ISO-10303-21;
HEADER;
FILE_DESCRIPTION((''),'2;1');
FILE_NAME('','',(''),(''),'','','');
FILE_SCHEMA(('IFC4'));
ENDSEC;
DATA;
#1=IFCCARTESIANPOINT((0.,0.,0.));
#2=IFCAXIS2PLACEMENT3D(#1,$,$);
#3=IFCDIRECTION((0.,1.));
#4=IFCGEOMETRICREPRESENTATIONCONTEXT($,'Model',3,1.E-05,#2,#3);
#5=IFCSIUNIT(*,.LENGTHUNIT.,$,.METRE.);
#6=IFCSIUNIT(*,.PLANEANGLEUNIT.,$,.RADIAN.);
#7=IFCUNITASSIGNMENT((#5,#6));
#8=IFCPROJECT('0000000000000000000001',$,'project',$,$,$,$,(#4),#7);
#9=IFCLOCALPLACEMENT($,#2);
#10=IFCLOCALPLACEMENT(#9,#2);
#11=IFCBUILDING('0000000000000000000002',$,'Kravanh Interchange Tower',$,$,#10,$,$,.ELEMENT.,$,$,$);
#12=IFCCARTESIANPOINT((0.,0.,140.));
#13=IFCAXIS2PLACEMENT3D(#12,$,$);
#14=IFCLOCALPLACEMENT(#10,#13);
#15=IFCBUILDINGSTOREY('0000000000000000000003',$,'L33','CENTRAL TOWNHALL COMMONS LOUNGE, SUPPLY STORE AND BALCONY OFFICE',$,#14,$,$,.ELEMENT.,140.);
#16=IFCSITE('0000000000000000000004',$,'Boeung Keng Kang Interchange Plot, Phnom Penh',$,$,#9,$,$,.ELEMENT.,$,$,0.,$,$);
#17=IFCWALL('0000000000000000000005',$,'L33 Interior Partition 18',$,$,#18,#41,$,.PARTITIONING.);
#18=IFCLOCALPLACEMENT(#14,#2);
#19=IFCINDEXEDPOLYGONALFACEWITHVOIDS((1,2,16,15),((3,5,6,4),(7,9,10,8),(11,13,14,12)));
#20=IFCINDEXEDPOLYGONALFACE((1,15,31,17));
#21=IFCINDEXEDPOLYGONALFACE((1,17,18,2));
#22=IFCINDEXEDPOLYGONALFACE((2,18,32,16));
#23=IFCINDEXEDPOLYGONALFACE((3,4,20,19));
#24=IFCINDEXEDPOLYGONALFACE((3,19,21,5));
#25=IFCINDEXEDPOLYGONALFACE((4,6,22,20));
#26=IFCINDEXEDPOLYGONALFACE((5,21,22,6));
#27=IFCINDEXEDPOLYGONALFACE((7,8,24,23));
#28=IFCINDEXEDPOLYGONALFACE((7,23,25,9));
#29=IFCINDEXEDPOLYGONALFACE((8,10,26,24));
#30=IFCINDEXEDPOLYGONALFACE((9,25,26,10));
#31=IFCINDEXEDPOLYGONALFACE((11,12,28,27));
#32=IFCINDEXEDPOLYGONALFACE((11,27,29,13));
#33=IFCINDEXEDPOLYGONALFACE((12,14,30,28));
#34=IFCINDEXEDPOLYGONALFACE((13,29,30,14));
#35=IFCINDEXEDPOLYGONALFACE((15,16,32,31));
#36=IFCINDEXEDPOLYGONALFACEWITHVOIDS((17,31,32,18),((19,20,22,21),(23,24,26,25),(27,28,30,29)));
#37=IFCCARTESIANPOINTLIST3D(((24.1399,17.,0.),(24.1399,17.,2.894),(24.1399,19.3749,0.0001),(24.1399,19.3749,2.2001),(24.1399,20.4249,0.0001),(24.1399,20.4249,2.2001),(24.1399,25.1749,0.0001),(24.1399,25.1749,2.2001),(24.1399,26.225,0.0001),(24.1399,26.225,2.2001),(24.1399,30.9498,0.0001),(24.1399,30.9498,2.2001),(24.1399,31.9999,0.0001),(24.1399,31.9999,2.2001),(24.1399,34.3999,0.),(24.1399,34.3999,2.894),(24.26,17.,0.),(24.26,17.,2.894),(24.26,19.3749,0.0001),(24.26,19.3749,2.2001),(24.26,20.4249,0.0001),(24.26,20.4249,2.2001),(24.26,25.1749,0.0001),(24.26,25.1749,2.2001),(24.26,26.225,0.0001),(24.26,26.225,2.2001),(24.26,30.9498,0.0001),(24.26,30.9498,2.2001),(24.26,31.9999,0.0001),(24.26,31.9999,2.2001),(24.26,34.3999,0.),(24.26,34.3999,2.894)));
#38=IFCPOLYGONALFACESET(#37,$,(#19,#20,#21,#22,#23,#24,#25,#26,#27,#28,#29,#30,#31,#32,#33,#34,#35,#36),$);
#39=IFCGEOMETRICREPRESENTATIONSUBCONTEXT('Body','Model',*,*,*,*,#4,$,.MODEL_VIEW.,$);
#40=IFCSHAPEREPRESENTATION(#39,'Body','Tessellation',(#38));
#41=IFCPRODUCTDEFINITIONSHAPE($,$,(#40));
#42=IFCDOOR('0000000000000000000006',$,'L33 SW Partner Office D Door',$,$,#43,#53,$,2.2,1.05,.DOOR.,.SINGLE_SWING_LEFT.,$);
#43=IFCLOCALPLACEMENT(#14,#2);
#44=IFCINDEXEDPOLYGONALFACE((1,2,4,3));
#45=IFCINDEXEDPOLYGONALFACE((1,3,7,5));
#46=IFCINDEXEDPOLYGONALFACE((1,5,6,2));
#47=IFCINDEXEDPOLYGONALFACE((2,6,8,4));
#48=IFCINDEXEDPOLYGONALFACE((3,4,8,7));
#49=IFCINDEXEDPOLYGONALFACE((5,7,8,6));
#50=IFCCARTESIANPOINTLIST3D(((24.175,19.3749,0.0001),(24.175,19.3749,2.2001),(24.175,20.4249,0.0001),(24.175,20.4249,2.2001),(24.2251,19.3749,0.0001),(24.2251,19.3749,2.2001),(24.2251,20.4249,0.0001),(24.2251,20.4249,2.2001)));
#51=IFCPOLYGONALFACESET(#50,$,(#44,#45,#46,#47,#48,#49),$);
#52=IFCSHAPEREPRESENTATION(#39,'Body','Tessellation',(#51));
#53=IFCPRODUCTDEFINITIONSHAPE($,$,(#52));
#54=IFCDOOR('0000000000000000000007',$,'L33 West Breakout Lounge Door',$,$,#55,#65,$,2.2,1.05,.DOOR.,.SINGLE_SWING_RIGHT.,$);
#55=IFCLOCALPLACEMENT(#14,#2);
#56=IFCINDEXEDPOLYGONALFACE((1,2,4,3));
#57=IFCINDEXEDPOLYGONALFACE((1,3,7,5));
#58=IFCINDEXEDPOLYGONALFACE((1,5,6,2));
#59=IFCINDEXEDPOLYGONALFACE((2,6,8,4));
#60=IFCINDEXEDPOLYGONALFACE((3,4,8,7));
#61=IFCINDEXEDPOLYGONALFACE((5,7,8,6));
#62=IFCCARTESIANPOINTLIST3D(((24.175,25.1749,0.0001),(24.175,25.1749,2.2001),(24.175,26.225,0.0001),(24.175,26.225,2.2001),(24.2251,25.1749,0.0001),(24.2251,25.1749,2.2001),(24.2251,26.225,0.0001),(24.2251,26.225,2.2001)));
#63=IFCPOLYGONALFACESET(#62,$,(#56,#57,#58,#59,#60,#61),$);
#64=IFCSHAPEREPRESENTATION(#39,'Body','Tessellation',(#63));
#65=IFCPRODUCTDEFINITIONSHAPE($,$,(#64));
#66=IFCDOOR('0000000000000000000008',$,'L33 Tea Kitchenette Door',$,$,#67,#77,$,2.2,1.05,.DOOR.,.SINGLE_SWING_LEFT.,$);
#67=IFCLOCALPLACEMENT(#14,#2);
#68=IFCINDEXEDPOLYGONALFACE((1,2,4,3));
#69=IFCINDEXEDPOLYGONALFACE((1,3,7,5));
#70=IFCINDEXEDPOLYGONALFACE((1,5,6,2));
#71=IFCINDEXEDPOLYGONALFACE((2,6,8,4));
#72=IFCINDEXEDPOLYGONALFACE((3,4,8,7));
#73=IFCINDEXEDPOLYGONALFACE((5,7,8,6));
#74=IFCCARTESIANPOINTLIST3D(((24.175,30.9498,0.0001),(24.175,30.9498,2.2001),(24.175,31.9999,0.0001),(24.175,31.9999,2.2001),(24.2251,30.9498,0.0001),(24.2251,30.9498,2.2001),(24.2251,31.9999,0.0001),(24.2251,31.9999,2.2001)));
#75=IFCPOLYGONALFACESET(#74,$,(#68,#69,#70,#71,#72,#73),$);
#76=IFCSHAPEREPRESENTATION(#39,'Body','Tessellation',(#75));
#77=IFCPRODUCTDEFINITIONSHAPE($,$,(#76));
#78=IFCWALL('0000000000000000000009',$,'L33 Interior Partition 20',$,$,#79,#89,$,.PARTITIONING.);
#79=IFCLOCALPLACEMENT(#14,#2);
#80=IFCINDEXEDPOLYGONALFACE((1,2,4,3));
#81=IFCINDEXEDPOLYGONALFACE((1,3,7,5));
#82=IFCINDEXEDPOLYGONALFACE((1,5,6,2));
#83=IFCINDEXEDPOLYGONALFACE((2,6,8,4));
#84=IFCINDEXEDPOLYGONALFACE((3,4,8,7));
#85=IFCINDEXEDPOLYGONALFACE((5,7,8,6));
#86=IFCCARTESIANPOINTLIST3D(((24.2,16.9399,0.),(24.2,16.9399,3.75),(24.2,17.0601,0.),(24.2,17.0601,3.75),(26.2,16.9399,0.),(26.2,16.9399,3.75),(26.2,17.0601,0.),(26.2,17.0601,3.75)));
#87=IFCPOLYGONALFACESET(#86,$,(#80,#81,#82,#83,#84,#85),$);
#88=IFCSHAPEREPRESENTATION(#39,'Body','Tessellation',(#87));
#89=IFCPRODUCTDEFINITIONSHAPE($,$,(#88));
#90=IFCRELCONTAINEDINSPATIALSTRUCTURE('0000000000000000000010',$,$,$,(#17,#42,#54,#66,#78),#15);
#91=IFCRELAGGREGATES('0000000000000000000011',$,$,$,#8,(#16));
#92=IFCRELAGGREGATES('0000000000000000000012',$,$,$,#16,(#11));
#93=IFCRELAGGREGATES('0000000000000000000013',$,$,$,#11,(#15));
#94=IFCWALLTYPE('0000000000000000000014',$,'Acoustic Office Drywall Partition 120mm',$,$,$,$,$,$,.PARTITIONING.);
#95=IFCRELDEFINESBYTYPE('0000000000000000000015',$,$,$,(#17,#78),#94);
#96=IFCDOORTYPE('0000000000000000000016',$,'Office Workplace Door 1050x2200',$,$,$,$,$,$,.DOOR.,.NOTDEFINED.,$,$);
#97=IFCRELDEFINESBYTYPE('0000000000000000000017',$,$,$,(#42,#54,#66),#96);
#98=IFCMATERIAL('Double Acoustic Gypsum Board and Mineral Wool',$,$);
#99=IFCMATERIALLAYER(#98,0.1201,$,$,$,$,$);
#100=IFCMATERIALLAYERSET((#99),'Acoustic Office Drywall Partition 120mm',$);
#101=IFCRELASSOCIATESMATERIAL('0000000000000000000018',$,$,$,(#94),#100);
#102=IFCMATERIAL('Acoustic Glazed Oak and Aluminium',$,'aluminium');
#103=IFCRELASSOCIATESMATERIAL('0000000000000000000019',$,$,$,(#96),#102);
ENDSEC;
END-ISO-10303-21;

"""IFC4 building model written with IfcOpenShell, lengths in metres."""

from ifc_helpers import new_model, si_unit, direction, frame, frame_2d, origin, place, context, subcontext, project, spatial, rectangle, extrude, material, layer, layer_set, type_object, element, fill, save


model = new_model("IFC4")

# Units and contexts
model_context = context("Model", 3, precision=1e-05, world=origin(), true_north=direction((0.0, 1.0)))
body_context = subcontext(model_context, "Body", "Model", "MODEL_VIEW")
ifc_project = project(units=[si_unit("LENGTHUNIT", "METRE"), si_unit("PLANEANGLEUNIT", "RADIAN")], contexts=[model_context])

# Site, building, storey
site_placement = place(None, origin())
site = spatial("IfcSite", under=ifc_project, at=site_placement, Name="Boeung Keng Kang Interchange Plot, Phnom Penh", CompositionType="ELEMENT", RefElevation=0.0)
building_placement = place(site_placement, origin())
building = spatial("IfcBuilding", under=site, at=building_placement, Name="Kravanh Interchange Tower", CompositionType="ELEMENT")
storey_placement = place(building_placement, frame((0.0, 0.0, 140.0)))
storey = spatial("IfcBuildingStorey", under=building, at=storey_placement, Name="L33", Description="CENTRAL TOWNHALL COMMONS LOUNGE, SUPPLY STORE AND BALCONY OFFICE", CompositionType="ELEMENT", Elevation=140.0)

# Wall, openings, doors
ifc_material_1 = material(Name="Double Acoustic Gypsum Board and Mineral Wool")
ifc_layer_1 = layer(ifc_material_1, 0.1201)
ifc_layer_set_1 = layer_set([ifc_layer_1], Name="Acoustic Office Drywall Partition 120mm")
wall_type = type_object("IfcWallType", Name="Acoustic Office Drywall Partition 120mm", PredefinedType="PARTITIONING", material=ifc_layer_set_1)
wall_1_placement = place(storey_placement, frame((24.2, 17.0, 0.0), z_axis=(0.0, 0.0, 1.0), x_axis=(0.0, 1.0, 0.0)))
wall_1 = element("IfcWall", 1, at=wall_1_placement, inside=storey, type_object=wall_type, Name="L33 Interior Partition 18", PredefinedType="PARTITIONING", context=body_context, shape_type="SweptSolid", body=[
    extrude(rectangle(XDim=17.3999, YDim=0.1201, at=frame_2d((8.7, 0.0))), origin(), (0.0, 0.0, 1.0), 2.894),
])
opening_1_placement = place(wall_1_placement, frame((2.375, 0.0, 0.0)))
opening_1 = element("IfcOpeningElement", 2, at=opening_1_placement, cuts=wall_1, PredefinedType="OPENING", context=body_context, shape_type="SweptSolid", body=[
    extrude(rectangle(XDim=1.05, YDim=2.2, at=frame_2d((0.5249, 1.1001))), frame((0.0, 0.0701, 0.0), z_axis=(0.0, -1.0, 0.0), x_axis=(1.0, 0.0, 0.0)), (0.0, 0.0, 1.0), 0.1401),
])
opening_2_placement = place(wall_1_placement, frame((8.175, 0.0, 0.0)))
opening_2 = element("IfcOpeningElement", 3, at=opening_2_placement, cuts=wall_1, PredefinedType="OPENING", context=body_context, shape_type="SweptSolid", body=[
    extrude(rectangle(XDim=1.05, YDim=2.2, at=frame_2d((0.5249, 1.1001))), frame((0.0, 0.0701, 0.0), z_axis=(0.0, -1.0, 0.0), x_axis=(1.0, 0.0, 0.0)), (0.0, 0.0, 1.0), 0.1401),
])
opening_3_placement = place(wall_1_placement, frame((13.95, 0.0, 0.0)))
opening_3 = element("IfcOpeningElement", 4, at=opening_3_placement, cuts=wall_1, PredefinedType="OPENING", context=body_context, shape_type="SweptSolid", body=[
    extrude(rectangle(XDim=1.05, YDim=2.2, at=frame_2d((0.5249, 1.1001))), frame((0.0, 0.0701, 0.0), z_axis=(0.0, -1.0, 0.0), x_axis=(1.0, 0.0, 0.0)), (0.0, 0.0, 1.0), 0.1401),
])
ifc_material_2 = material(Name="Acoustic Glazed Oak and Aluminium", Category="aluminium")
door_type = type_object("IfcDoorType", Name="Office Workplace Door 1050x2200", OperationType="NOTDEFINED", PredefinedType="DOOR", material=ifc_material_2)
door_1_placement = place(opening_1_placement, origin())
door_1 = element("IfcDoor", 5, at=door_1_placement, inside=storey, type_object=door_type, Name="L33 SW Partner Office D Door", OperationType="SINGLE_SWING_LEFT", OverallHeight=2.2, OverallWidth=1.05, PredefinedType="DOOR", context=body_context, shape_type="SweptSolid", body=[
    extrude(rectangle(XDim=1.05, YDim=2.2, at=frame_2d((0.5249, 1.1001))), frame((0.0, 0.0249, 0.0), z_axis=(0.0, -1.0, 0.0), x_axis=(1.0, 0.0, 0.0)), (0.0, 0.0, 1.0), 0.05),
])
fill(opening_1, door_1)
door_2_placement = place(opening_2_placement, origin())
door_2 = element("IfcDoor", 6, at=door_2_placement, inside=storey, type_object=door_type, Name="L33 West Breakout Lounge Door", OperationType="SINGLE_SWING_RIGHT", OverallHeight=2.2, OverallWidth=1.05, PredefinedType="DOOR", context=body_context, shape_type="SweptSolid", body=[
    extrude(rectangle(XDim=1.05, YDim=2.2, at=frame_2d((0.5249, 1.1001))), frame((0.0, 0.0249, 0.0), z_axis=(0.0, -1.0, 0.0), x_axis=(1.0, 0.0, 0.0)), (0.0, 0.0, 1.0), 0.05),
])
fill(opening_2, door_2)
door_3_placement = place(opening_3_placement, origin())
door_3 = element("IfcDoor", 7, at=door_3_placement, inside=storey, type_object=door_type, Name="L33 Tea Kitchenette Door", OperationType="SINGLE_SWING_LEFT", OverallHeight=2.2, OverallWidth=1.05, PredefinedType="DOOR", context=body_context, shape_type="SweptSolid", body=[
    extrude(rectangle(XDim=1.05, YDim=2.2, at=frame_2d((0.5249, 1.1001))), frame((0.0, 0.0249, 0.0), z_axis=(0.0, -1.0, 0.0), x_axis=(1.0, 0.0, 0.0)), (0.0, 0.0, 1.0), 0.05),
])
fill(opening_3, door_3)

# Wall
wall_2_placement = place(storey_placement, frame((24.2, 17.0, 0.0), z_axis=(0.0, 0.0, 1.0), x_axis=(1.0, 0.0, 0.0)))
element("IfcWall", 8, at=wall_2_placement, inside=storey, type_object=wall_type, Name="L33 Interior Partition 20", PredefinedType="PARTITIONING", context=body_context, shape_type="SweptSolid", body=[
    extrude(rectangle(XDim=2.0, YDim=0.1201, at=frame_2d((1.0, 0.0))), origin(), (0.0, 0.0, 1.0), 3.75),
])

save(model, "model.ifc")
